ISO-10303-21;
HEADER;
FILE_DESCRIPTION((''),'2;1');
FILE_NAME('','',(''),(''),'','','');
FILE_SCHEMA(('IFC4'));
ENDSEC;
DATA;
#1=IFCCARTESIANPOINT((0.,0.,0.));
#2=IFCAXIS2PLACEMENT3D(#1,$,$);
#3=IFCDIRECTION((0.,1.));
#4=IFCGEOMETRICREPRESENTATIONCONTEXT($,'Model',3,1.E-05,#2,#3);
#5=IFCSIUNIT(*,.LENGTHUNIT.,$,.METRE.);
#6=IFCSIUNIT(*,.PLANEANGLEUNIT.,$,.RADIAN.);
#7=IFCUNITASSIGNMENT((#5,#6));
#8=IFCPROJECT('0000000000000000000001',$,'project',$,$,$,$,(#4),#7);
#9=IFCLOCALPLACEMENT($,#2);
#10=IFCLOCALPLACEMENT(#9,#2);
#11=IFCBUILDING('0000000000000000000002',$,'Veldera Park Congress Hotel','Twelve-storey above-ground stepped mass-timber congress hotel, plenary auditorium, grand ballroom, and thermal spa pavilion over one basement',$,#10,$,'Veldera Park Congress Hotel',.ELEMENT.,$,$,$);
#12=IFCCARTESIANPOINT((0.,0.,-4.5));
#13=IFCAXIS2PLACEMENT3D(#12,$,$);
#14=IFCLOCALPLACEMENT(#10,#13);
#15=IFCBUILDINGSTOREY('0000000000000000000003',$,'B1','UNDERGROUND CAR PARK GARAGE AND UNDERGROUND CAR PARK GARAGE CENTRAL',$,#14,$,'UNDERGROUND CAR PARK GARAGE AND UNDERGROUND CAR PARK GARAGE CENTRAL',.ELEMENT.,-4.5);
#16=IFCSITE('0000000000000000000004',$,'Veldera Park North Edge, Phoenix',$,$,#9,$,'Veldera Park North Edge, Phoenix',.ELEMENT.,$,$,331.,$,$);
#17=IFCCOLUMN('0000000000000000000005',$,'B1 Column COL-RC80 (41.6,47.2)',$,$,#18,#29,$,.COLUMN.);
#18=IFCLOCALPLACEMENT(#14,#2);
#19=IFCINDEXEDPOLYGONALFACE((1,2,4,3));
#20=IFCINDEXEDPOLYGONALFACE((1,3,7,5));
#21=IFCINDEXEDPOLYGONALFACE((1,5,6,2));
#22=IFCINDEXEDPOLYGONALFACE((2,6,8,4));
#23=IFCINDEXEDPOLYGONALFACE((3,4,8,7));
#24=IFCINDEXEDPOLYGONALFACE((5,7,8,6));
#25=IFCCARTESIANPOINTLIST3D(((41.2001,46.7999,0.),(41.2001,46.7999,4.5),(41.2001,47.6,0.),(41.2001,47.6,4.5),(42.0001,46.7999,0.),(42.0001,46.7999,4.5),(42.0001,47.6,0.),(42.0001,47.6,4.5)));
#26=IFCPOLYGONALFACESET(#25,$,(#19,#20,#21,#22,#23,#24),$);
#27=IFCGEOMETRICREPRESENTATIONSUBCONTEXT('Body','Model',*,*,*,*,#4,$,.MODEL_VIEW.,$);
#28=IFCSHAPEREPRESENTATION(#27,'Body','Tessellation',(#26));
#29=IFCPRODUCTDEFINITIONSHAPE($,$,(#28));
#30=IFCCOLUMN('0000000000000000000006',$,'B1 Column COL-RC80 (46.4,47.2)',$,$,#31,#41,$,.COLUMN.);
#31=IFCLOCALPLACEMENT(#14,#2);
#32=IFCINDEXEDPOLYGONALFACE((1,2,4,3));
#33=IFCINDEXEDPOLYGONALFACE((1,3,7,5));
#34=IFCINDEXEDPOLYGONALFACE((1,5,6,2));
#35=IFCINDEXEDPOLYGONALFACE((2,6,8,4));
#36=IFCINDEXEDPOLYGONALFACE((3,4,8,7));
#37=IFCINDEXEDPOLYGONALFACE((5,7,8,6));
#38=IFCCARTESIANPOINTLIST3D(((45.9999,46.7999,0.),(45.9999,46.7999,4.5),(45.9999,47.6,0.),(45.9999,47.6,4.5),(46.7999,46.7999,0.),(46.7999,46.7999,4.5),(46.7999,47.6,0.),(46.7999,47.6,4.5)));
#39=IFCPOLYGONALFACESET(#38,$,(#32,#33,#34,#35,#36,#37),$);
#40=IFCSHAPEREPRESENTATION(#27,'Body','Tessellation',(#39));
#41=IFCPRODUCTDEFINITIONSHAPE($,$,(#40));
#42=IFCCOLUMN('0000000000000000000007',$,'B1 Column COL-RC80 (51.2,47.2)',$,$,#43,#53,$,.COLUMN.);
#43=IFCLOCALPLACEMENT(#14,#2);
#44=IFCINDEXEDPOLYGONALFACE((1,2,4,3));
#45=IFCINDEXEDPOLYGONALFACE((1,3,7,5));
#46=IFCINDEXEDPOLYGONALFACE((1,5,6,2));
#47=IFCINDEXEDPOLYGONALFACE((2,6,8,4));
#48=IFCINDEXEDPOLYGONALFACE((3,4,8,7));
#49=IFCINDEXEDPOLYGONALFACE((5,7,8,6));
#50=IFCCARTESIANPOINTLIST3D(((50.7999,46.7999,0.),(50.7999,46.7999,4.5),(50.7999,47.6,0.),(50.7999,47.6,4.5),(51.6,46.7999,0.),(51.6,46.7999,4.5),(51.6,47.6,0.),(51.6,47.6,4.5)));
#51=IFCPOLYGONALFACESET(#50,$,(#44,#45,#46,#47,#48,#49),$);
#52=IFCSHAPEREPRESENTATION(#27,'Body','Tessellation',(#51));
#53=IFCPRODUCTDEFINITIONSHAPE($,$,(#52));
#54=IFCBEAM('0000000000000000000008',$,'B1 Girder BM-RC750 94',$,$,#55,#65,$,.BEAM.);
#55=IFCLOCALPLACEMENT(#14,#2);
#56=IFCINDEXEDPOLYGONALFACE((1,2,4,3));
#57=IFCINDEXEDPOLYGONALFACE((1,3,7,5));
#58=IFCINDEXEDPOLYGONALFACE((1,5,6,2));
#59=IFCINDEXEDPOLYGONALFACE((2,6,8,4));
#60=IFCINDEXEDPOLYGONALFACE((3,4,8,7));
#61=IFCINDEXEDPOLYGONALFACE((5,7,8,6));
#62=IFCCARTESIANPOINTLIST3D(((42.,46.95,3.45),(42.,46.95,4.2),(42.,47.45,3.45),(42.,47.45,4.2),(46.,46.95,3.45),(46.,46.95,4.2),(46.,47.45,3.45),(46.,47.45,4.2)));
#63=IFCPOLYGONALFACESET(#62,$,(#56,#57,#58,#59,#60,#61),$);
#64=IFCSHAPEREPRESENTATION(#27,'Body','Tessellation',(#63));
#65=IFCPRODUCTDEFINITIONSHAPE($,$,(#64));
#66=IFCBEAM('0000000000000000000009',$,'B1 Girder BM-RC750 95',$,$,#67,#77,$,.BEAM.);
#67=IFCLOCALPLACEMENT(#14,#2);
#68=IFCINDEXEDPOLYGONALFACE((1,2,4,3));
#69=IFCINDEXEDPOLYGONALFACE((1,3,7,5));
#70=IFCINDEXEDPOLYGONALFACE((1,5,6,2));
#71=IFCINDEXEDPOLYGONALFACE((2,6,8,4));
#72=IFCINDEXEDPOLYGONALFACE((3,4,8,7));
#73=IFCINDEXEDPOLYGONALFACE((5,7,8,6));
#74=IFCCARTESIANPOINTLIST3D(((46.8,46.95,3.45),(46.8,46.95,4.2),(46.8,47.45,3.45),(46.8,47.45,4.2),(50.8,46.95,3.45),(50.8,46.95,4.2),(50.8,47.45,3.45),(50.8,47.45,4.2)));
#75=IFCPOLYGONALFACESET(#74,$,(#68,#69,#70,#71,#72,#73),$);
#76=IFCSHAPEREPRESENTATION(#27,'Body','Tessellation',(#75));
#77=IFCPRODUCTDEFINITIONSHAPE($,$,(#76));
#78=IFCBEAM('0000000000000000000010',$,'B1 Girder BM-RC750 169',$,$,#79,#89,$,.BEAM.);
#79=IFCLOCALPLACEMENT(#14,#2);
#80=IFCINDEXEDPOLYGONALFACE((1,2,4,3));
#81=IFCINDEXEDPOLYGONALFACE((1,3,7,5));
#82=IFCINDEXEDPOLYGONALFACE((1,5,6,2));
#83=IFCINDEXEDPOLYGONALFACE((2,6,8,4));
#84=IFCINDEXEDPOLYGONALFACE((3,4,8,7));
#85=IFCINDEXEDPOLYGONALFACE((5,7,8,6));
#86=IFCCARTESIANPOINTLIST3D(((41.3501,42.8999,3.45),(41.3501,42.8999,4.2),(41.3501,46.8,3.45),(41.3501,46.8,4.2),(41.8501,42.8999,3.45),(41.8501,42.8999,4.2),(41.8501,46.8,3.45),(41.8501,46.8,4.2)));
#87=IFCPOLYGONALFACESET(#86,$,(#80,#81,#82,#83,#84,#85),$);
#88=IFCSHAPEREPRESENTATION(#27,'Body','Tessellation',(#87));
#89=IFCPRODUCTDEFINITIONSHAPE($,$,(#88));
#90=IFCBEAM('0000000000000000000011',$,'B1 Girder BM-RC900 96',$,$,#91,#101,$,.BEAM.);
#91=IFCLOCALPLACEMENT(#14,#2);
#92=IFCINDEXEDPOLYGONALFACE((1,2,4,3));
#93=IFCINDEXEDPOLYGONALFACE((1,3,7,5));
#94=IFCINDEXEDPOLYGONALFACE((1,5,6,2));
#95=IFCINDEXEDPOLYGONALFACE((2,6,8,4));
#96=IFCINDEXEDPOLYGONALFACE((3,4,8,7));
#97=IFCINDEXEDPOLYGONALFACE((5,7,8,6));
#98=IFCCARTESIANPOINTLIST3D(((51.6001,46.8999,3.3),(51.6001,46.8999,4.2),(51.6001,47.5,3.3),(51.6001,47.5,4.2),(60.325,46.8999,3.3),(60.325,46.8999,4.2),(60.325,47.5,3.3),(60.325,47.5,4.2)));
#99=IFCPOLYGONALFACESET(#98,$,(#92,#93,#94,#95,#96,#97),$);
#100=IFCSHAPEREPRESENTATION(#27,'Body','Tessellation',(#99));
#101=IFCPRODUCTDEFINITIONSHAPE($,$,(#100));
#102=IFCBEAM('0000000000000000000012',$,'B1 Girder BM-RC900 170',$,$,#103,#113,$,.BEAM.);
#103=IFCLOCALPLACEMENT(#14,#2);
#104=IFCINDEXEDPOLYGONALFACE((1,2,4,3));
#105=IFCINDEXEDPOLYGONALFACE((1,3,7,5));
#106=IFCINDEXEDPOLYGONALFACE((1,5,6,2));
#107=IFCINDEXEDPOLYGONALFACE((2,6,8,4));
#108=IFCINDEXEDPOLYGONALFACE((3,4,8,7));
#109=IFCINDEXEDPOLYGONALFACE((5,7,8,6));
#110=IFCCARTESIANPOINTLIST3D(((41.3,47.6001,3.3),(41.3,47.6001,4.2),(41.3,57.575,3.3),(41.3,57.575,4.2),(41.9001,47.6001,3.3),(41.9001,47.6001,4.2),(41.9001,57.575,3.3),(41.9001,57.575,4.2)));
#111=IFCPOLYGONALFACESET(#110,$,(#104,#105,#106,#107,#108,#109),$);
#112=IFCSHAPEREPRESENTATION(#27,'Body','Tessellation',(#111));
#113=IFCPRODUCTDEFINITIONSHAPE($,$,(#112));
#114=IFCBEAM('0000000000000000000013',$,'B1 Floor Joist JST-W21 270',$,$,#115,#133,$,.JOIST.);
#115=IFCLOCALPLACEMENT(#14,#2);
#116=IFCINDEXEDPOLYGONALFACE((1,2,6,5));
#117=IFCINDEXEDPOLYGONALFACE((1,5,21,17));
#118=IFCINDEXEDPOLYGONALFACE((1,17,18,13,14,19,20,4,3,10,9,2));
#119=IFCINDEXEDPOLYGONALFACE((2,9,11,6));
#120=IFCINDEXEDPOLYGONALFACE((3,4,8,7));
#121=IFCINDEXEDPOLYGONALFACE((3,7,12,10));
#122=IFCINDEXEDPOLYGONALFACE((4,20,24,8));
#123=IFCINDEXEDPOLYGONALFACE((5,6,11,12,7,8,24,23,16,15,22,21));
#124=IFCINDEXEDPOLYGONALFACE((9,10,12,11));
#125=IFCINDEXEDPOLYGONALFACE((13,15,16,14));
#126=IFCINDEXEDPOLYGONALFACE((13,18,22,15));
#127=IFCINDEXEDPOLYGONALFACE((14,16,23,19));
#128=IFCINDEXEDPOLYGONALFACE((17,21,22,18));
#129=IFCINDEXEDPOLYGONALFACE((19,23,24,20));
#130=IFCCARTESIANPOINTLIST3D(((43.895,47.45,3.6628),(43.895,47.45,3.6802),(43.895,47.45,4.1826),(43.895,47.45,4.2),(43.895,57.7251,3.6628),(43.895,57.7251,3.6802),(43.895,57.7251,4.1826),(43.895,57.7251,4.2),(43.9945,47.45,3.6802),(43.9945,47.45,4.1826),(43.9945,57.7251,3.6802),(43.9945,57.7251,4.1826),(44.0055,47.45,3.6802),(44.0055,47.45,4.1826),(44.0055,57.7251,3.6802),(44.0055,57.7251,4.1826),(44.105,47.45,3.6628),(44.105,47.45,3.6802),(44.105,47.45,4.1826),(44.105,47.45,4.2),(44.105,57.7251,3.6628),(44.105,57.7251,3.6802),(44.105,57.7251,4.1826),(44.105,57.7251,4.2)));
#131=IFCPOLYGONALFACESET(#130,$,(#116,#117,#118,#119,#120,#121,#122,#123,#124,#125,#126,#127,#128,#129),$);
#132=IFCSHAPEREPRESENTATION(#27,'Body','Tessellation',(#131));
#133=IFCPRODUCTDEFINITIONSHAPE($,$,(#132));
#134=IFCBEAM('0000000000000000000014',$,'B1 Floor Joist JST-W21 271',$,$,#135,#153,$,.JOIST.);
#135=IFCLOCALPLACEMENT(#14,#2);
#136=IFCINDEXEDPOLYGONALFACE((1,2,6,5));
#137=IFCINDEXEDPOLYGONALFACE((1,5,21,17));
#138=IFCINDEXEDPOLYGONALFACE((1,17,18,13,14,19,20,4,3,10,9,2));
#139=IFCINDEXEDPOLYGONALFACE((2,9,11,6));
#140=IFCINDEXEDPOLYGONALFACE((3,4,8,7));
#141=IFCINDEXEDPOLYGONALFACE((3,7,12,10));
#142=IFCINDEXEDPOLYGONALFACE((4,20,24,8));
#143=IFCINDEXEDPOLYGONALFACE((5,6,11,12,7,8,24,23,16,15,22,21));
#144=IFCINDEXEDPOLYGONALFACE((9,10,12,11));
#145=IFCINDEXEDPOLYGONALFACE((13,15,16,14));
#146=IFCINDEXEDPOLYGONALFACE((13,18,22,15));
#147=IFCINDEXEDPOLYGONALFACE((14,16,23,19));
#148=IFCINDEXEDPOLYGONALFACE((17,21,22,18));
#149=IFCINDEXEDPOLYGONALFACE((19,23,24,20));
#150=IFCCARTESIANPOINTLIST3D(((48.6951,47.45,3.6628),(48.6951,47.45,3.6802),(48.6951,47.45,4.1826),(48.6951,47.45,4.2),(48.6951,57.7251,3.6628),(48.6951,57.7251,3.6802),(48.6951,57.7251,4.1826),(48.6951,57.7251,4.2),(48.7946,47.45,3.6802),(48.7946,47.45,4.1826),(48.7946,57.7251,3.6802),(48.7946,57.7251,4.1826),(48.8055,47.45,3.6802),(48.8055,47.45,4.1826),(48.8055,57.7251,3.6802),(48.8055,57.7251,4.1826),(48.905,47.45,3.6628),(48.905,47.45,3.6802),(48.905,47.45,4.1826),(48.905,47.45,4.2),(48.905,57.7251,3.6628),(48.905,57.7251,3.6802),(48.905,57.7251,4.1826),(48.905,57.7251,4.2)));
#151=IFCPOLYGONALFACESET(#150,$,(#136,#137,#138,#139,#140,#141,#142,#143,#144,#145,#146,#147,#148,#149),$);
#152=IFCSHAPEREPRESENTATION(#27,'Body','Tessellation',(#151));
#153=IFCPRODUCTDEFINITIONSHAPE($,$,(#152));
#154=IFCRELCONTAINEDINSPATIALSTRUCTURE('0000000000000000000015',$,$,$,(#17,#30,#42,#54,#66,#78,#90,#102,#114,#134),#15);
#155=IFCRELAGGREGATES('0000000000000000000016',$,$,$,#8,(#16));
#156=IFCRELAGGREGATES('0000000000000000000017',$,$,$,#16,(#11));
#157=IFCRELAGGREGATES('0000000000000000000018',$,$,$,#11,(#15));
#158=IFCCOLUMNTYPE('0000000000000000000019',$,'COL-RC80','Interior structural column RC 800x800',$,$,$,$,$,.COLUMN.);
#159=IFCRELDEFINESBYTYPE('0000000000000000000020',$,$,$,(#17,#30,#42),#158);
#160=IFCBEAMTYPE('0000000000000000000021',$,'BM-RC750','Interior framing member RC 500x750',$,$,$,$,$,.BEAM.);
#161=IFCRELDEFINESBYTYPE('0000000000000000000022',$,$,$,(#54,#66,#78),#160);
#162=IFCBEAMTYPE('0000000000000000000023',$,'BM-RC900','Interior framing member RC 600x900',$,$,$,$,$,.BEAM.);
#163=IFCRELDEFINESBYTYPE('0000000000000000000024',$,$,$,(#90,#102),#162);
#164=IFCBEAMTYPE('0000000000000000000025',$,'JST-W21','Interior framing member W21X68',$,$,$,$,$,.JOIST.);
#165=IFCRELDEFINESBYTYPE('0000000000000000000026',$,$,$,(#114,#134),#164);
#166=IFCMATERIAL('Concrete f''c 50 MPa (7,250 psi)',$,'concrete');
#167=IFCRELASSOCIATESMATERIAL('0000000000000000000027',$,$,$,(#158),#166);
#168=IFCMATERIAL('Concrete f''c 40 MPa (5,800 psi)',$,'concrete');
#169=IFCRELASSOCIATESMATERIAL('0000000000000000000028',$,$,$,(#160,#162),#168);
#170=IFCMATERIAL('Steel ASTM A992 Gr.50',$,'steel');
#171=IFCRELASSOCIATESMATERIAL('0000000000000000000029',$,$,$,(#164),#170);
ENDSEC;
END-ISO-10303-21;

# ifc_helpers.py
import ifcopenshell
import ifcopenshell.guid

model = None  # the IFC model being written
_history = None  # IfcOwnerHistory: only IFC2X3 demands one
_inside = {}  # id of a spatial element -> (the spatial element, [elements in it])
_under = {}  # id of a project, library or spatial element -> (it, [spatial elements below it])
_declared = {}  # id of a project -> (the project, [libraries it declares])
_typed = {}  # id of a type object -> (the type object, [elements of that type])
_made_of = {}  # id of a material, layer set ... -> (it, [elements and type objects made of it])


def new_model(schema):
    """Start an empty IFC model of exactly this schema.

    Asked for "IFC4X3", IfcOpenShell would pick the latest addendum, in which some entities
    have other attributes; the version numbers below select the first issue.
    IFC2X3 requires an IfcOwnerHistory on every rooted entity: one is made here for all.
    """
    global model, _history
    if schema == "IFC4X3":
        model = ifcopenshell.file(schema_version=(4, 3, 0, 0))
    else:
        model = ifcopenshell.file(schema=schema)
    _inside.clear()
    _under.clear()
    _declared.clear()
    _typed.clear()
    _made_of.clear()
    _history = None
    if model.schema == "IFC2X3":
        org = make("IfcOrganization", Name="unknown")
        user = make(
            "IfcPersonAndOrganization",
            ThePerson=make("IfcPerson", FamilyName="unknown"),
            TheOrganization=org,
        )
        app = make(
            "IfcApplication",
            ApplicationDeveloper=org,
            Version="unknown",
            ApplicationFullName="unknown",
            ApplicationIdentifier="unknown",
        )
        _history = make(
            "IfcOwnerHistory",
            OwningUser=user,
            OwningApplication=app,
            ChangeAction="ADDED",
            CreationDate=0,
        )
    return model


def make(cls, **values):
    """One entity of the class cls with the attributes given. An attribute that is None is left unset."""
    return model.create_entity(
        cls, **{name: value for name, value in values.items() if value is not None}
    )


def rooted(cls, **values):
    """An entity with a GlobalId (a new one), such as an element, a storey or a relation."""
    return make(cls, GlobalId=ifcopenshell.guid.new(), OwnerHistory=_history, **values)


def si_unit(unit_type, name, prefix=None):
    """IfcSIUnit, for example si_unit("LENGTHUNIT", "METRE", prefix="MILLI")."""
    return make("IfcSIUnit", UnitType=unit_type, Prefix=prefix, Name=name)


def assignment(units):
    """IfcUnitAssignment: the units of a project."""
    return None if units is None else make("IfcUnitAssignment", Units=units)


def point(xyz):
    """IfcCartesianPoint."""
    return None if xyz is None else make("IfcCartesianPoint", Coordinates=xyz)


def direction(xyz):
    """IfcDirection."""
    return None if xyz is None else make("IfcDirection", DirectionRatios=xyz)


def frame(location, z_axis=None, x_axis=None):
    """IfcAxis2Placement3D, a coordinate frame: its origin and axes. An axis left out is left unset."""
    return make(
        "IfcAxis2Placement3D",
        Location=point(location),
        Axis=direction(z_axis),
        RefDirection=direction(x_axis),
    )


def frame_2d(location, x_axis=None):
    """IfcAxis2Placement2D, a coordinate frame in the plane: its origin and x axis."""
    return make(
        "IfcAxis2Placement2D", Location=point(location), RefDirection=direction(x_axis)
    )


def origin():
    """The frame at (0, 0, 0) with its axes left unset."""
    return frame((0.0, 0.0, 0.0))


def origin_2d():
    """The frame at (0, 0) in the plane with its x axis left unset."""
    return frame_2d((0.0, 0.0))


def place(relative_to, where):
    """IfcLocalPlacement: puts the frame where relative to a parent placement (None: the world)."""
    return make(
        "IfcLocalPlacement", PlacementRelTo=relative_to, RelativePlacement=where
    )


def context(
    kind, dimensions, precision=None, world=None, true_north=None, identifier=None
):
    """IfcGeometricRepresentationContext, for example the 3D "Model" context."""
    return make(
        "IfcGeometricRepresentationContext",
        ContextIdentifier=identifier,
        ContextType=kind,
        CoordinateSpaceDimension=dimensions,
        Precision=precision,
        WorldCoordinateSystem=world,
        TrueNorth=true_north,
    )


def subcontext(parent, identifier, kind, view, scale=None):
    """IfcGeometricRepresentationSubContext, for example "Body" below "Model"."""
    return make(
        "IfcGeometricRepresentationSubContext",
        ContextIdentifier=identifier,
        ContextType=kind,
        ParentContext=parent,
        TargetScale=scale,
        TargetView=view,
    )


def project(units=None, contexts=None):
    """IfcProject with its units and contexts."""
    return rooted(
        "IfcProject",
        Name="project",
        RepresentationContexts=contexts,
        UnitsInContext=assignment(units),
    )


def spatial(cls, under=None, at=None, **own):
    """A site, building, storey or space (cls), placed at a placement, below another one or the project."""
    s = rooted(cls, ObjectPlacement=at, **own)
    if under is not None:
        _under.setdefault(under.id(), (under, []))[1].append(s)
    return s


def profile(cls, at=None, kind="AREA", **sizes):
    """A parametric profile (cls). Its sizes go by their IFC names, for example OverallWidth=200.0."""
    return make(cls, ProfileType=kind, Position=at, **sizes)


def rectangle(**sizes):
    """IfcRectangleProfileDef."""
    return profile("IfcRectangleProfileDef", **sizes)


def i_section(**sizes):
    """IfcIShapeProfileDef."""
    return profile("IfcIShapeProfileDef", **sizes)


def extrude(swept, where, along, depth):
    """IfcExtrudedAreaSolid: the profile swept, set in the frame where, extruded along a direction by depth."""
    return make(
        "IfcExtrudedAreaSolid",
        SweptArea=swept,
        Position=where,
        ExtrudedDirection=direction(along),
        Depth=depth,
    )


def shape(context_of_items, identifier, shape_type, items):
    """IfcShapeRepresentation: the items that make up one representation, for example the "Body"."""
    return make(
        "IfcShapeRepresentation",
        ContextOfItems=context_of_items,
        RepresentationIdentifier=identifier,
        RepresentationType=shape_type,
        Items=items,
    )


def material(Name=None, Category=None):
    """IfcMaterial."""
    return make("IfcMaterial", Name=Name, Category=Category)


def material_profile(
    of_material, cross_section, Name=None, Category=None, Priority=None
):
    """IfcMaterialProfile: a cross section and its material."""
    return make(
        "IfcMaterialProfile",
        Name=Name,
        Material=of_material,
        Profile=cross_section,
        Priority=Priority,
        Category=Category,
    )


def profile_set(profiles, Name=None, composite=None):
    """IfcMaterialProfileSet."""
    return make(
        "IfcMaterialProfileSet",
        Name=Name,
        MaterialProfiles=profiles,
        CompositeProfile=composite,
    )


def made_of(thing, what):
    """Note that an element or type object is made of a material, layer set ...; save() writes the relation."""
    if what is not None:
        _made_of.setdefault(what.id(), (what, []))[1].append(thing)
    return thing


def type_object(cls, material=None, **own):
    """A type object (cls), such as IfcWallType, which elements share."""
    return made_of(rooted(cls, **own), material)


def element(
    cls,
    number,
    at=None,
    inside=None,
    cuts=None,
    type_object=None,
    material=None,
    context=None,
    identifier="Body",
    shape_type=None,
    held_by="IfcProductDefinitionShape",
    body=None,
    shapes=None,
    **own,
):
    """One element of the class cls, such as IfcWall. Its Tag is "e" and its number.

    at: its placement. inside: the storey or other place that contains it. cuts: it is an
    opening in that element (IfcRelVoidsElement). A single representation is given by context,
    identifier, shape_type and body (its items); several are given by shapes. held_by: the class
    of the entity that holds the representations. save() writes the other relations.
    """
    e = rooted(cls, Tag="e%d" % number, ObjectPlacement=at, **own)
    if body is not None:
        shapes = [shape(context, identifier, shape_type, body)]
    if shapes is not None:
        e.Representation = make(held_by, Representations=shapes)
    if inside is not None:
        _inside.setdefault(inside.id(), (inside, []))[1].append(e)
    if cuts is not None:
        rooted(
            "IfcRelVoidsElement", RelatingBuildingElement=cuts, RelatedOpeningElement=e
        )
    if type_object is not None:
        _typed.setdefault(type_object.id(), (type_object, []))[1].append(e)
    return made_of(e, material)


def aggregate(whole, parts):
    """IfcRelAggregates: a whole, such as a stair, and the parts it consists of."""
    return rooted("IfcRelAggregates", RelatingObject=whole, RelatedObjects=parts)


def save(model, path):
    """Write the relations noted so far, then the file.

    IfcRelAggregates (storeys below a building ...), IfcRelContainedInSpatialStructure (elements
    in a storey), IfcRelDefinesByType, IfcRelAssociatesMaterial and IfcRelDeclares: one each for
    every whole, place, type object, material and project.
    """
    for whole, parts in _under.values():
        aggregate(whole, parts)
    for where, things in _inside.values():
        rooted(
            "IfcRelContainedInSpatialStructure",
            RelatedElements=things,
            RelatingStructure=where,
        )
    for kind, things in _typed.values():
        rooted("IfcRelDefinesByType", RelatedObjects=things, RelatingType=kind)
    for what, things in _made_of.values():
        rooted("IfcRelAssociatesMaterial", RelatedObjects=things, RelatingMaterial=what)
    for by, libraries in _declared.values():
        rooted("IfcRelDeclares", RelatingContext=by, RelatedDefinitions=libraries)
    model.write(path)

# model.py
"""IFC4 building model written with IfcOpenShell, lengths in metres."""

from ifc_helpers import new_model, si_unit, direction, frame, origin, origin_2d, place, context, subcontext, project, spatial, rectangle, i_section, extrude, material, material_profile, profile_set, type_object, element, save


model = new_model("IFC4")

# Units and contexts
model_context = context("Model", 3, precision=1e-05, world=origin(), true_north=direction((0.0, 1.0)))
body_context = subcontext(model_context, "Body", "Model", "MODEL_VIEW")
ifc_project = project(units=[si_unit("LENGTHUNIT", "METRE"), si_unit("PLANEANGLEUNIT", "RADIAN")], contexts=[model_context])

# Site, building, storey
site_placement = place(None, origin())
site = spatial("IfcSite", under=ifc_project, at=site_placement, Name="Veldera Park North Edge, Phoenix", LongName="Veldera Park North Edge, Phoenix", CompositionType="ELEMENT", RefElevation=331.0)
building_placement = place(site_placement, origin())
building = spatial("IfcBuilding", under=site, at=building_placement, Name="Veldera Park Congress Hotel", Description="Twelve-storey above-ground stepped mass-timber congress hotel, plenary auditorium, grand ballroom, and thermal spa pavilion over one basement", LongName="Veldera Park Congress Hotel", CompositionType="ELEMENT")
storey_placement = place(building_placement, frame((0.0, 0.0, -4.5)))
storey = spatial("IfcBuildingStorey", under=building, at=storey_placement, Name="B1", Description="UNDERGROUND CAR PARK GARAGE AND UNDERGROUND CAR PARK GARAGE CENTRAL", LongName="UNDERGROUND CAR PARK GARAGE AND UNDERGROUND CAR PARK GARAGE CENTRAL", CompositionType="ELEMENT", Elevation=-4.5)

# Shared definitions
ifc_material_1 = material(Name="Concrete f'c 40 MPa (5,800 psi)", Category="concrete")

# Columns
ifc_material_2 = material(Name="Concrete f'c 50 MPa (7,250 psi)", Category="concrete")
ifc_material_profile_1 = material_profile(ifc_material_2, rectangle(XDim=0.8, YDim=0.8, at=origin_2d()), Name="RC 800x800")
ifc_profile_set_1 = profile_set([ifc_material_profile_1], Name="Concrete f'c 50 MPa (7,250 psi)")
column_type = type_object("IfcColumnType", Name="COL-RC80", Description="Interior structural column RC 800x800", PredefinedType="COLUMN", material=ifc_profile_set_1)
for number, where, z_axis, x_axis, name in (
    (1, (41.6001, 47.2, 0.0), (0.0, 0.0, 1.0), (1.0, 0.0, 0.0), "B1 Column COL-RC80 (41.6,47.2)"),
    (2, (46.3999, 47.2, 0.0), (0.0, 0.0, 1.0), (1.0, 0.0, 0.0), "B1 Column COL-RC80 (46.4,47.2)"),
    (3, (51.2, 47.2, 0.0), (0.0, 0.0, 1.0), (1.0, 0.0, 0.0), "B1 Column COL-RC80 (51.2,47.2)"),
):
    element("IfcColumn", number, at=place(storey_placement, frame(where, z_axis=z_axis, x_axis=x_axis)), inside=storey, type_object=column_type, Name=name, PredefinedType="COLUMN", context=body_context, shape_type="SweptSolid", body=[
        extrude(rectangle(XDim=0.8, YDim=0.8, at=origin_2d()), origin(), (0.0, 0.0, 1.0), 4.5),
    ])

# Beams
ifc_material_profile_2 = material_profile(ifc_material_1, rectangle(XDim=0.5, YDim=0.75, at=origin_2d()), Name="RC 500x750")
ifc_profile_set_2 = profile_set([ifc_material_profile_2], Name="Concrete f'c 40 MPa (5,800 psi)")
beam_type_1 = type_object("IfcBeamType", Name="BM-RC750", Description="Interior framing member RC 500x750", PredefinedType="BEAM", material=ifc_profile_set_2)
for number, where, z_axis, x_axis, name in (
    (4, (42.0, 47.2, 3.825), (1.0, 0.0, 0.0), (0.0, 1.0, 0.0), "B1 Girder BM-RC750 94"),
    (5, (46.8, 47.2, 3.825), (1.0, 0.0, 0.0), (0.0, 1.0, 0.0), "B1 Girder BM-RC750 95"),
):
    element("IfcBeam", number, at=place(storey_placement, frame(where, z_axis=z_axis, x_axis=x_axis)), inside=storey, type_object=beam_type_1, Name=name, PredefinedType="BEAM", context=body_context, shape_type="SweptSolid", body=[
        extrude(rectangle(XDim=0.5, YDim=0.75, at=origin_2d()), origin(), (0.0, 0.0, 1.0), 4.0),
    ])
beam_1_placement = place(storey_placement, frame((41.6001, 42.8999, 3.825), z_axis=(0.0, 1.0, 0.0), x_axis=(-1.0, 0.0, 0.0)))
element("IfcBeam", 6, at=beam_1_placement, inside=storey, type_object=beam_type_1, Name="B1 Girder BM-RC750 169", PredefinedType="BEAM", context=body_context, shape_type="SweptSolid", body=[
    extrude(rectangle(XDim=0.5, YDim=0.75, at=origin_2d()), origin(), (0.0, 0.0, 1.0), 3.9001),
])
ifc_material_profile_3 = material_profile(ifc_material_1, rectangle(XDim=0.6001, YDim=0.8999, at=origin_2d()), Name="RC 600x900")
ifc_profile_set_3 = profile_set([ifc_material_profile_3], Name="Concrete f'c 40 MPa (5,800 psi)")
beam_type_2 = type_object("IfcBeamType", Name="BM-RC900", Description="Interior framing member RC 600x900", PredefinedType="BEAM", material=ifc_profile_set_3)
beam_2_placement = place(storey_placement, frame((51.6001, 47.2, 3.75), z_axis=(1.0, 0.0, 0.0), x_axis=(0.0, 1.0, 0.0)))
element("IfcBeam", 7, at=beam_2_placement, inside=storey, type_object=beam_type_2, Name="B1 Girder BM-RC900 96", PredefinedType="BEAM", context=body_context, shape_type="SweptSolid", body=[
    extrude(rectangle(XDim=0.6001, YDim=0.8999, at=origin_2d()), origin(), (0.0, 0.0, 1.0), 8.7249),
])
beam_3_placement = place(storey_placement, frame((41.6001, 47.6001, 3.75), z_axis=(0.0, 1.0, 0.0), x_axis=(-1.0, 0.0, 0.0)))
element("IfcBeam", 8, at=beam_3_placement, inside=storey, type_object=beam_type_2, Name="B1 Girder BM-RC900 170", PredefinedType="BEAM", context=body_context, shape_type="SweptSolid", body=[
    extrude(rectangle(XDim=0.6001, YDim=0.8999, at=origin_2d()), origin(), (0.0, 0.0, 1.0), 9.9749),
])
ifc_material_3 = material(Name="Steel ASTM A992 Gr.50", Category="steel")
ifc_material_profile_4 = material_profile(ifc_material_3, i_section(OverallWidth=0.21, OverallDepth=0.5371, WebThickness=0.011, FlangeThickness=0.0173, at=origin_2d()), Name="W21X68")
ifc_profile_set_4 = profile_set([ifc_material_profile_4], Name="Steel ASTM A992 Gr.50")
beam_type_3 = type_object("IfcBeamType", Name="JST-W21", Description="Interior framing member W21X68", PredefinedType="JOIST", material=ifc_profile_set_4)
for number, where, z_axis, x_axis, name in (
    (9, (44.0, 47.45, 3.9314), (0.0, 1.0, 0.0), (-1.0, 0.0, 0.0), "B1 Floor Joist JST-W21 270"),
    (10, (48.8, 47.45, 3.9314), (0.0, 1.0, 0.0), (-1.0, 0.0, 0.0), "B1 Floor Joist JST-W21 271"),
):
    element("IfcBeam", number, at=place(storey_placement, frame(where, z_axis=z_axis, x_axis=x_axis)), inside=storey, type_object=beam_type_3, Name=name, PredefinedType="JOIST", context=body_context, shape_type="SweptSolid", body=[
        extrude(i_section(OverallWidth=0.21, OverallDepth=0.5371, WebThickness=0.011, FlangeThickness=0.0173, at=origin_2d()), origin(), (0.0, 0.0, 1.0), 10.2751),
    ])

save(model, "model.ifc")
